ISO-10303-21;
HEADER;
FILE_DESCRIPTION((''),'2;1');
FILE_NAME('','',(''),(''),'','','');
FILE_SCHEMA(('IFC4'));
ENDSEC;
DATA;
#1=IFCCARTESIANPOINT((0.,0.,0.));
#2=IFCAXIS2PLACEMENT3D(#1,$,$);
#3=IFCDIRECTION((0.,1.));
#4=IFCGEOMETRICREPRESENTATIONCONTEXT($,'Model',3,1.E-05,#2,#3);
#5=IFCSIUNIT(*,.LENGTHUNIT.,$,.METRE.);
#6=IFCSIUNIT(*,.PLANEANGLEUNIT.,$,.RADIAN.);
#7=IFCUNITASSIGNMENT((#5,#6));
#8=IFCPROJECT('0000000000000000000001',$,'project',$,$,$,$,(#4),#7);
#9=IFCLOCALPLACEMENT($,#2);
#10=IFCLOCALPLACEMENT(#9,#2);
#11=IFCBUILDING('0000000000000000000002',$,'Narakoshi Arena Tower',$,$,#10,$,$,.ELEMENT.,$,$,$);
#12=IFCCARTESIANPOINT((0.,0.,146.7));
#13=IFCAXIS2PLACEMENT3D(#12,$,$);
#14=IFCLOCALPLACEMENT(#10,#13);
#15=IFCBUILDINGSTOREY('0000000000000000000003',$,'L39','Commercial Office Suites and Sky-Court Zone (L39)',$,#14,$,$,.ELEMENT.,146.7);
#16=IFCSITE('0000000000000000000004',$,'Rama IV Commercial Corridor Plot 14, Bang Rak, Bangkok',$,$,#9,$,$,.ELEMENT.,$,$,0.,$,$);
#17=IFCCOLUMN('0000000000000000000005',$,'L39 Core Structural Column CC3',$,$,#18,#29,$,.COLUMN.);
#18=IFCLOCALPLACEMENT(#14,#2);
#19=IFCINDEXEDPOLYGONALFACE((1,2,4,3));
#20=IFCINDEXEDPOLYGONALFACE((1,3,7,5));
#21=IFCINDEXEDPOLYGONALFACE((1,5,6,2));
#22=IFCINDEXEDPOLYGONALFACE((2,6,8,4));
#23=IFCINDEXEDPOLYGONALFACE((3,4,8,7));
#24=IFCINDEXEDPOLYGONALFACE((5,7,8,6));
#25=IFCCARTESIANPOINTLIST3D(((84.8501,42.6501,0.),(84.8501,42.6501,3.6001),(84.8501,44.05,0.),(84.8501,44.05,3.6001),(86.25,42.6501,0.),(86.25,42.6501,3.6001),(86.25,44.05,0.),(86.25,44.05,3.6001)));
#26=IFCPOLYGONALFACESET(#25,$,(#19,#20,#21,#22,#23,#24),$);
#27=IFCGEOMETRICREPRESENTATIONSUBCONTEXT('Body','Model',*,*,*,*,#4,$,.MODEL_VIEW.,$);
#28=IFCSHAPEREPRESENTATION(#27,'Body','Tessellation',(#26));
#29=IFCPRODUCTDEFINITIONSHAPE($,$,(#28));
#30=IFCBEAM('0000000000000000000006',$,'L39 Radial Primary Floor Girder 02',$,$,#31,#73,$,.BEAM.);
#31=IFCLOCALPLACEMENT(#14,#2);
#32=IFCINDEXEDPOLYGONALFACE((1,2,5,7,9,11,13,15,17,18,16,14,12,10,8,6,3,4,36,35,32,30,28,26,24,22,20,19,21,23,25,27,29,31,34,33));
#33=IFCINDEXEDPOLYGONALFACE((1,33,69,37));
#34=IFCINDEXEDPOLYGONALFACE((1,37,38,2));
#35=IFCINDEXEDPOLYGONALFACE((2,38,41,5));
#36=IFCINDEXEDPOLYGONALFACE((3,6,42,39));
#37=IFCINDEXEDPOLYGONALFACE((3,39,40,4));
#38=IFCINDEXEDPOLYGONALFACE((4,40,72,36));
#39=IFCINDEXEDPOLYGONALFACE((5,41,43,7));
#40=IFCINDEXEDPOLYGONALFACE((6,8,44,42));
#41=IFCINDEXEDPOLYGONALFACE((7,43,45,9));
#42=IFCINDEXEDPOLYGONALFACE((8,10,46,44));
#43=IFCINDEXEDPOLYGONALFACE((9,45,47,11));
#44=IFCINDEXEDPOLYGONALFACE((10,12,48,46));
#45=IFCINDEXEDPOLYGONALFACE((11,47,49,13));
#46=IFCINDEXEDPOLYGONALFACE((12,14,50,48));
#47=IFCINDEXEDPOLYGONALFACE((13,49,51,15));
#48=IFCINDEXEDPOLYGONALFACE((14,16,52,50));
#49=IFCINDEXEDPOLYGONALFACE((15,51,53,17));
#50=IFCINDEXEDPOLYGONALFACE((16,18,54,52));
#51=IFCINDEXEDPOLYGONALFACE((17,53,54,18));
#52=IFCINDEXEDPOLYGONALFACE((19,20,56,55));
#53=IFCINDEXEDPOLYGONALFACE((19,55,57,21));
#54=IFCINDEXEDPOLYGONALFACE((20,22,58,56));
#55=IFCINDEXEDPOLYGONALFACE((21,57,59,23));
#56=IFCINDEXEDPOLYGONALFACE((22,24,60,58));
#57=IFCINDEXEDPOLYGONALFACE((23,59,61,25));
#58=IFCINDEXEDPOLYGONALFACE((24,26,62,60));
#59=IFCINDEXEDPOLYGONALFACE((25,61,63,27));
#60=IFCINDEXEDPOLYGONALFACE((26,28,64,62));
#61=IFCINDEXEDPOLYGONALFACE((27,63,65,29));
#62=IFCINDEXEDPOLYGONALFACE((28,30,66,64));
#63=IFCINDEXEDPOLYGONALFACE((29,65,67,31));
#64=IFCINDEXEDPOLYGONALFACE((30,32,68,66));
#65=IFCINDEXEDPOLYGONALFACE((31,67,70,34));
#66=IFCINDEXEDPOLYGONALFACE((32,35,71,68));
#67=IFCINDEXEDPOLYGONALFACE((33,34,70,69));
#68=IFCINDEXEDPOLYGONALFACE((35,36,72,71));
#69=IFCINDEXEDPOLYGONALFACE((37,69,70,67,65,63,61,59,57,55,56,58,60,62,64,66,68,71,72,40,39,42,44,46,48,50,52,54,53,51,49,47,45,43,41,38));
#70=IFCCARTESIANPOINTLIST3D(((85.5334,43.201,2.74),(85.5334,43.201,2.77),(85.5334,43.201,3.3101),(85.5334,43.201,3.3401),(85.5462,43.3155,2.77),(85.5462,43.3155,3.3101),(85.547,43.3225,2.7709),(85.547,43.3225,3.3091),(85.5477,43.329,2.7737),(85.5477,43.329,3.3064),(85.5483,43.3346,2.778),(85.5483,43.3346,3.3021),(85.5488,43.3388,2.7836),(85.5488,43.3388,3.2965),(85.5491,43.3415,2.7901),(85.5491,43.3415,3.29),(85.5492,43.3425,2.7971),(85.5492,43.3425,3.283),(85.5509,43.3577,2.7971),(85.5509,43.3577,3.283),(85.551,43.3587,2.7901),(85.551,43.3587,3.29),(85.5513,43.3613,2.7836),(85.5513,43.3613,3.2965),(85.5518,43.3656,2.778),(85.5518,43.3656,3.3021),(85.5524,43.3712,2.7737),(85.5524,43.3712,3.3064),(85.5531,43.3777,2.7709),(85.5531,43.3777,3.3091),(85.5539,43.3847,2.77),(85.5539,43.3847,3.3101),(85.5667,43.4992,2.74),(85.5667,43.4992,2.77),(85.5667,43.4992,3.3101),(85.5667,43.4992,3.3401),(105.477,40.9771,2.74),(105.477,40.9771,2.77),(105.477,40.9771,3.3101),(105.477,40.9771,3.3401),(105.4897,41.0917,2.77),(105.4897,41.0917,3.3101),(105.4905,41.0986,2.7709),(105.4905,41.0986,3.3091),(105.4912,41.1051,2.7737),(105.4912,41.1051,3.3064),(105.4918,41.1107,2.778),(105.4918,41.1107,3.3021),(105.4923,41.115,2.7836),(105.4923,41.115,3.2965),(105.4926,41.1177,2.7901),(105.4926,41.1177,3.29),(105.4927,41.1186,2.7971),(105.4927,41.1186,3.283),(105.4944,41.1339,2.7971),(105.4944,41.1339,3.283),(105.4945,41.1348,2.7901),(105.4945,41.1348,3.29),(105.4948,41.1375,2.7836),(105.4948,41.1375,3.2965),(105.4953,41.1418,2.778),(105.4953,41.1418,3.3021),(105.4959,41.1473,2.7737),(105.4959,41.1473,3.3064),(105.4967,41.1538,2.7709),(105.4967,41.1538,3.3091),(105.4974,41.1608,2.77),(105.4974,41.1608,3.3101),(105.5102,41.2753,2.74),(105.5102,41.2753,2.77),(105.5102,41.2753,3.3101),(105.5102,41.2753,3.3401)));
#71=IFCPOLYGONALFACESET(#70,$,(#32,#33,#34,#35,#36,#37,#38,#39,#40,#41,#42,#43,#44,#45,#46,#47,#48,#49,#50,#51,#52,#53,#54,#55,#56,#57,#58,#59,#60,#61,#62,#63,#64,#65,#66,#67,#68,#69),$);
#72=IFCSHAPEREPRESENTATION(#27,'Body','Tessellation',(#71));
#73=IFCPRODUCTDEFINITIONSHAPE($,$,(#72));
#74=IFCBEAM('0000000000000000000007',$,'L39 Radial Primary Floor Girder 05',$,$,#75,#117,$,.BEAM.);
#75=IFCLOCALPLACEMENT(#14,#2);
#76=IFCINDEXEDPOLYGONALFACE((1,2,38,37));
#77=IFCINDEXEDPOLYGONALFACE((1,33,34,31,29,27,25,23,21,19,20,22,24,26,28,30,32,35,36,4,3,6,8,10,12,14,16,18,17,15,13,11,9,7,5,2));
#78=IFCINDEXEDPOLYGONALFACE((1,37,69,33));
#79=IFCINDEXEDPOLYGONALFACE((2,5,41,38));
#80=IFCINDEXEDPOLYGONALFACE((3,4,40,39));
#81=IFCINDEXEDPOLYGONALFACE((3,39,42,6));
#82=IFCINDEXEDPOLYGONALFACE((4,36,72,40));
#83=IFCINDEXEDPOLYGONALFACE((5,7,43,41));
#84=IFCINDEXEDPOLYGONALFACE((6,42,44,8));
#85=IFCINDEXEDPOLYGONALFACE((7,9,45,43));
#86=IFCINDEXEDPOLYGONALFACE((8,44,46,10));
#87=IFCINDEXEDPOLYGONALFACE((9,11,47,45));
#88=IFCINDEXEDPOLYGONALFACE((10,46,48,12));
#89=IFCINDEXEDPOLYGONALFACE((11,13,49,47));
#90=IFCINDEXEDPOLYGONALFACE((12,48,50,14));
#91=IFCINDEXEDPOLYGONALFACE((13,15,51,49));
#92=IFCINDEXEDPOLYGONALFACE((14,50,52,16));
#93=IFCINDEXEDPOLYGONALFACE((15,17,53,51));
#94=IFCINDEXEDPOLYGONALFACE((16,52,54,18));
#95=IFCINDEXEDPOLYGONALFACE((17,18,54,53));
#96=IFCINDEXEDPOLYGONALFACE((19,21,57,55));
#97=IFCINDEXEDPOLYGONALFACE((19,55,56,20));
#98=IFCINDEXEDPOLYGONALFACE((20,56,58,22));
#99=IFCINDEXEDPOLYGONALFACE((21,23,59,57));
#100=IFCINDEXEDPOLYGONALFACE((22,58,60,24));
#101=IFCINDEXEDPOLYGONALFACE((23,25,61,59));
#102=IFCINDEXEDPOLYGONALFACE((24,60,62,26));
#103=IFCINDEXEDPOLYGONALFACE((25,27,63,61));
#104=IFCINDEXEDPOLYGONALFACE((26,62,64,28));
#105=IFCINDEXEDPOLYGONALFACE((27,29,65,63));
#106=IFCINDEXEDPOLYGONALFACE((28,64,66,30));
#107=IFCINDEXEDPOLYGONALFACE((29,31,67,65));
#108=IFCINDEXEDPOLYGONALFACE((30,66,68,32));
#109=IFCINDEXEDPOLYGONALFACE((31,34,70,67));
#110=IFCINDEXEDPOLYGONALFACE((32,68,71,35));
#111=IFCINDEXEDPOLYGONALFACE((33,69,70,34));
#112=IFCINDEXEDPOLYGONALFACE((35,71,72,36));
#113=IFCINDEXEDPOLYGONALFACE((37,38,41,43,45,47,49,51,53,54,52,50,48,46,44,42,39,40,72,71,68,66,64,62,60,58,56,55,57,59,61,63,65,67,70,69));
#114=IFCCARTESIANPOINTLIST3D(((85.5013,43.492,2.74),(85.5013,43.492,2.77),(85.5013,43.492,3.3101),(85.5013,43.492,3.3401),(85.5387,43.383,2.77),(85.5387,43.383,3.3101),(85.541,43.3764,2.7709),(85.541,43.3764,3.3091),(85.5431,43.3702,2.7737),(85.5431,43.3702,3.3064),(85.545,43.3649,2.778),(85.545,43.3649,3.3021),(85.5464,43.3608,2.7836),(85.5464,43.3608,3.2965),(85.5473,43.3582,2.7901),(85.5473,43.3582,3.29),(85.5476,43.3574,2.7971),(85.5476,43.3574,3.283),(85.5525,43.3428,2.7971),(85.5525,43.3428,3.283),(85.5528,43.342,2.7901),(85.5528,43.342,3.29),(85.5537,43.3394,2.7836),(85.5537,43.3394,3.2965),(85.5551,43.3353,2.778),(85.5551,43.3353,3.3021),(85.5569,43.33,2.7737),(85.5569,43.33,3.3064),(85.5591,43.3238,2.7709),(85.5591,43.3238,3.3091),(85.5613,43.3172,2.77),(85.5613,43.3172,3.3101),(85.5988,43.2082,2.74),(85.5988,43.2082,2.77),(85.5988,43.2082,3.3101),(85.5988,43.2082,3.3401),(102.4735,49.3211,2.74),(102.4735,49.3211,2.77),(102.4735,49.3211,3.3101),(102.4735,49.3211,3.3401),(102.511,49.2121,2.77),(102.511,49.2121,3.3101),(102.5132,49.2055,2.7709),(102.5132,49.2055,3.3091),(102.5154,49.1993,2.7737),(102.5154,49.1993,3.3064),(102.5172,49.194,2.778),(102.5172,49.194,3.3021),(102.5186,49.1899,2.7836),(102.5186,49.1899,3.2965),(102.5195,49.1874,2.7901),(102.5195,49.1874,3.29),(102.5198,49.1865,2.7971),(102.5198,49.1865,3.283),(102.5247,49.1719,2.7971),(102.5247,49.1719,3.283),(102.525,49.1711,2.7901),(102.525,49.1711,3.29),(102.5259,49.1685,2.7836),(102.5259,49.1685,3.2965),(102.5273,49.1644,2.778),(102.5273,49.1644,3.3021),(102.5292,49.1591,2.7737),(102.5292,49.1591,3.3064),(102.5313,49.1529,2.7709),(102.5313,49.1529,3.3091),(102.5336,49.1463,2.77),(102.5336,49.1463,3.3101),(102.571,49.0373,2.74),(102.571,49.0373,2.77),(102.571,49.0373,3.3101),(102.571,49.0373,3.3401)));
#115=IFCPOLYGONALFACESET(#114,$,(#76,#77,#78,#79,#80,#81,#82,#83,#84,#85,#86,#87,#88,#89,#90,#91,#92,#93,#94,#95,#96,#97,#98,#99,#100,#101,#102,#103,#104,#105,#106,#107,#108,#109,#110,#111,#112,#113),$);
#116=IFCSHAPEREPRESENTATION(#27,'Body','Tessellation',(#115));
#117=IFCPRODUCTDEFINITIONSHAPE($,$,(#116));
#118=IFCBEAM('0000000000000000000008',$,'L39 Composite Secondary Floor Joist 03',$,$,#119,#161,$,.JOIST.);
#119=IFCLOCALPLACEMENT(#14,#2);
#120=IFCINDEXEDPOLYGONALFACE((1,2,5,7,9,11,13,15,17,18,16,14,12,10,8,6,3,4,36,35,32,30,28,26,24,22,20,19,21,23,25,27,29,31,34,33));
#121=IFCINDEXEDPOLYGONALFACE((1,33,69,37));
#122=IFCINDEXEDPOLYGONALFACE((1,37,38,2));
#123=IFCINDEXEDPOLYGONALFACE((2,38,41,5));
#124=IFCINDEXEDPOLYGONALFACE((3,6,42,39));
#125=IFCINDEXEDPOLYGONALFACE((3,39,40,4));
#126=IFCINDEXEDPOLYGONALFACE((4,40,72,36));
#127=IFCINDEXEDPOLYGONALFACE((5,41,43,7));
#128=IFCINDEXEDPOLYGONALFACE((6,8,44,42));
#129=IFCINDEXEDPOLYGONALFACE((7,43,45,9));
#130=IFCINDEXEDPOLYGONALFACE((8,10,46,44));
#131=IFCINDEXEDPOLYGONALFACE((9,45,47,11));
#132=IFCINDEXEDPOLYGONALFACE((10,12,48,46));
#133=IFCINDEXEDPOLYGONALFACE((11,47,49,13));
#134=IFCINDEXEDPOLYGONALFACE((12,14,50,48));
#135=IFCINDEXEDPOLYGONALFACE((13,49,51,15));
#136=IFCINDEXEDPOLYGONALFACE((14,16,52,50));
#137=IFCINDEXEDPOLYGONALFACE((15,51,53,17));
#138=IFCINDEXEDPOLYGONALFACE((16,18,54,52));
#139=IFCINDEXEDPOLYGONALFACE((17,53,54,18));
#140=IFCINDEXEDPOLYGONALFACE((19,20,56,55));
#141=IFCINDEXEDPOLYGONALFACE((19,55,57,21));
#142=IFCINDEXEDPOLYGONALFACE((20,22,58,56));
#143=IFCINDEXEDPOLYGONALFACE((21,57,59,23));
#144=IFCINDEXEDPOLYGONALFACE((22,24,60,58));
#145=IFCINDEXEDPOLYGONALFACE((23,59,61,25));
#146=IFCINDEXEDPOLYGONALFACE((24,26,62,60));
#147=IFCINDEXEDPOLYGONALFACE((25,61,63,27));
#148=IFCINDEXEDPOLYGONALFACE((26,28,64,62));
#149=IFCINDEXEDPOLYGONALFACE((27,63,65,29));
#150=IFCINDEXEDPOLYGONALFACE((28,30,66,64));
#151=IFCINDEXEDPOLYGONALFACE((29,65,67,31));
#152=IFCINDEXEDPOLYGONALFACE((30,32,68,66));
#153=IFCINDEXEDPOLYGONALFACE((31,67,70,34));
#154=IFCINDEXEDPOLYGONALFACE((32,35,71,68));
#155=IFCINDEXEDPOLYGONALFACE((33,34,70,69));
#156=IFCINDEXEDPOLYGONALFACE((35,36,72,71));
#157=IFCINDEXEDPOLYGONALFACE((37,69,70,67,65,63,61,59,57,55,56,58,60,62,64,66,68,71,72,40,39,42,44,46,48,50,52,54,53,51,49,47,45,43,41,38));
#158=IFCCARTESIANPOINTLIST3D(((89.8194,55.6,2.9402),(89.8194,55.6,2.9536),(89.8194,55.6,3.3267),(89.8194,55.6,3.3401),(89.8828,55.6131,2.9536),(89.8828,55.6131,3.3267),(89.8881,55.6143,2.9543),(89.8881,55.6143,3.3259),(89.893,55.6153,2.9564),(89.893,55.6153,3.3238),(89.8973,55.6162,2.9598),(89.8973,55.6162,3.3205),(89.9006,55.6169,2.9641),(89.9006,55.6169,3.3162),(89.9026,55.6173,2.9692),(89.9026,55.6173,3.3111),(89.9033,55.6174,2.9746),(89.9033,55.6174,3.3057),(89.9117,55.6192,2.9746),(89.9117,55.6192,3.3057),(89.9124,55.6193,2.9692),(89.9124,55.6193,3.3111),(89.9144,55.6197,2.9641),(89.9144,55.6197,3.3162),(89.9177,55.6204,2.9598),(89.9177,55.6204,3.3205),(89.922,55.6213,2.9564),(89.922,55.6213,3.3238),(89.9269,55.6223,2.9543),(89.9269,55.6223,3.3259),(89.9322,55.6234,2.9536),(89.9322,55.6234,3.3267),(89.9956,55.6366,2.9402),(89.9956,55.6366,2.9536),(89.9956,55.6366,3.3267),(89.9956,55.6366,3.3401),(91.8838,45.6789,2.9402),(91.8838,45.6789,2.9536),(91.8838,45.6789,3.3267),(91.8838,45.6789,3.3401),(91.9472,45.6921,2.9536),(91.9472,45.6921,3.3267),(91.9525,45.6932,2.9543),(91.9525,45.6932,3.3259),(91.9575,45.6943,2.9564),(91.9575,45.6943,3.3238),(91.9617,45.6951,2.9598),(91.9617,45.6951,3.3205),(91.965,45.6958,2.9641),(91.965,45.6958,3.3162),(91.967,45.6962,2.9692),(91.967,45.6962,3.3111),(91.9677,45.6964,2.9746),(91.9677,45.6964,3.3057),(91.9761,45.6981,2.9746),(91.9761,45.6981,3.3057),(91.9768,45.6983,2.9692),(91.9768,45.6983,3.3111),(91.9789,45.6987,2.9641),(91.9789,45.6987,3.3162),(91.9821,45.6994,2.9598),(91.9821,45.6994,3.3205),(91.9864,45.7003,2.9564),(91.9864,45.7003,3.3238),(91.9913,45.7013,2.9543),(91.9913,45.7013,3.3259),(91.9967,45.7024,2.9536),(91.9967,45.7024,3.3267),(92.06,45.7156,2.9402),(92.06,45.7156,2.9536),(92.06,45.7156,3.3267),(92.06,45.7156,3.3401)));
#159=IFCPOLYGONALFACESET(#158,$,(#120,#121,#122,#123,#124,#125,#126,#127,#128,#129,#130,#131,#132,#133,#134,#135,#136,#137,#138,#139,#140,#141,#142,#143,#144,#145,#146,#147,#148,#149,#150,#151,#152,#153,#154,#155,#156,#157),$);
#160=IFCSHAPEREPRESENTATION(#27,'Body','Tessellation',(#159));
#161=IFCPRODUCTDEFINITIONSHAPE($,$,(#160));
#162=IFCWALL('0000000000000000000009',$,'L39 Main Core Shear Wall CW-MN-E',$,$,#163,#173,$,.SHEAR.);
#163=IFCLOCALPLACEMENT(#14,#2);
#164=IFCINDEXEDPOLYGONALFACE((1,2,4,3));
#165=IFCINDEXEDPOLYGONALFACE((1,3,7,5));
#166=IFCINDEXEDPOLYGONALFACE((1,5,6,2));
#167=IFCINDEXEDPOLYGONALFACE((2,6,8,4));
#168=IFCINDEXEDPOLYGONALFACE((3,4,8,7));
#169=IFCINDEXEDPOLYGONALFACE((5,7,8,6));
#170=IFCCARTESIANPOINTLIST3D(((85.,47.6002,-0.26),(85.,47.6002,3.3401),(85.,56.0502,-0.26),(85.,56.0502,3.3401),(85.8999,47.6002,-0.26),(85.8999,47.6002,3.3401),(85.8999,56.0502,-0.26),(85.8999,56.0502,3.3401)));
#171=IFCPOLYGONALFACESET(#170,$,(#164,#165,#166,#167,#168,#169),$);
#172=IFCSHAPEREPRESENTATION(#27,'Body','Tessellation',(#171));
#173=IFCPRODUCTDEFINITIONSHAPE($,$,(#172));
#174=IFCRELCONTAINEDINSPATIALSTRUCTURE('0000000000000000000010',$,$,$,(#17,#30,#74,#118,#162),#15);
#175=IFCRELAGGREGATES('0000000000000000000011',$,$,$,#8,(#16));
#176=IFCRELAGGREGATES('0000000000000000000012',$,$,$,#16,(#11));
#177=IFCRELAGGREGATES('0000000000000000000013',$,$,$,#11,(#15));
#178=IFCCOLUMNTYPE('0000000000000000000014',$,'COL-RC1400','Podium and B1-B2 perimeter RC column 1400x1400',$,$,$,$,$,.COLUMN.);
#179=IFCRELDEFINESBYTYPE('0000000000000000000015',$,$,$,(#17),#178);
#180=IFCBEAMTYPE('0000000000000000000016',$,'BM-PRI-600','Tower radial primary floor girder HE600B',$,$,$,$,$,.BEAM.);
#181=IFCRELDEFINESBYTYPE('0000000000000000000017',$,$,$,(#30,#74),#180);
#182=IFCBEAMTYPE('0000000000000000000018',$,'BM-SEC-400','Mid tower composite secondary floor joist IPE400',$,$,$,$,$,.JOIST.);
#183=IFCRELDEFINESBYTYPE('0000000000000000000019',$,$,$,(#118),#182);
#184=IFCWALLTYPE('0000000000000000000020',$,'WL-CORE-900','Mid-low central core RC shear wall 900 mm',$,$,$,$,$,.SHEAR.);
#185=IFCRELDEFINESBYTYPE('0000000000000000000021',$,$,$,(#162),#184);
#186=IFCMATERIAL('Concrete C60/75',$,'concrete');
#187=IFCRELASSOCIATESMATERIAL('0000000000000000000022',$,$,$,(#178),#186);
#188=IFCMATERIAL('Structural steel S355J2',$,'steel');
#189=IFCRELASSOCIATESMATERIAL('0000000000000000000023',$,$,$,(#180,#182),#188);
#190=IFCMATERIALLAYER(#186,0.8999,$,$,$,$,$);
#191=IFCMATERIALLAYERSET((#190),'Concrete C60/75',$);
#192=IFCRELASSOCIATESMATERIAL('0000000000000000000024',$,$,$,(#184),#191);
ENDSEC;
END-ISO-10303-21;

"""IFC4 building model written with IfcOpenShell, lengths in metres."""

from ifc_helpers import new_model, si_unit, direction, frame, frame_2d, origin, origin_2d, place, context, subcontext, project, spatial, rectangle, i_section, extrude, material, layer, layer_set, material_profile, profile_set, type_object, element, save


model = new_model("IFC4")

# Units and contexts
model_context = context("Model", 3, precision=1e-05, world=origin(), true_north=direction((0.0, 1.0)))
body_context = subcontext(model_context, "Body", "Model", "MODEL_VIEW")
ifc_project = project(units=[si_unit("LENGTHUNIT", "METRE"), si_unit("PLANEANGLEUNIT", "RADIAN")], contexts=[model_context])

# Site, building, storey
site_placement = place(None, origin())
site = spatial("IfcSite", under=ifc_project, at=site_placement, Name="Rama IV Commercial Corridor Plot 14, Bang Rak, Bangkok", CompositionType="ELEMENT", RefElevation=0.0)
building_placement = place(site_placement, origin())
building = spatial("IfcBuilding", under=site, at=building_placement, Name="Narakoshi Arena Tower", CompositionType="ELEMENT")
storey_placement = place(building_placement, frame((0.0, 0.0, 146.7)))
storey = spatial("IfcBuildingStorey", under=building, at=storey_placement, Name="L39", Description="Commercial Office Suites and Sky-Court Zone (L39)", CompositionType="ELEMENT", Elevation=146.7)

# Column
ifc_material_1 = material(Name="Concrete C60/75", Category="concrete")
ifc_material_profile_1 = material_profile(ifc_material_1, rectangle(XDim=1.3999, YDim=1.3999, at=origin_2d()), Name="RC1400x1400")
ifc_profile_set_1 = profile_set([ifc_material_profile_1], Name="Concrete C60/75")
column_type = type_object("IfcColumnType", Name="COL-RC1400", Description="Podium and B1-B2 perimeter RC column 1400x1400", PredefinedType="COLUMN", material=ifc_profile_set_1)
column_placement = place(storey_placement, frame((85.55, 43.3501, 0.0), z_axis=(0.0, 0.0, 1.0), x_axis=(1.0, 0.0, 0.0)))
element("IfcColumn", 1, at=column_placement, inside=storey, type_object=column_type, Name="L39 Core Structural Column CC3", PredefinedType="COLUMN", context=body_context, shape_type="SweptSolid", body=[
    extrude(rectangle(XDim=1.3999, YDim=1.3999, at=origin_2d()), origin(), (0.0, 0.0, 1.0), 3.6001),
])

# Beams
ifc_material_2 = material(Name="Structural steel S355J2", Category="steel")
ifc_material_profile_2 = material_profile(ifc_material_2, i_section(OverallWidth=0.3, OverallDepth=0.6001, WebThickness=0.0154, FlangeThickness=0.03, FilletRadius=0.0271, at=origin_2d()), Name="HE600B")
ifc_profile_set_2 = profile_set([ifc_material_profile_2], Name="Structural steel S355J2")
beam_type_1 = type_object("IfcBeamType", Name="BM-PRI-600", Description="Tower radial primary floor girder HE600B", PredefinedType="BEAM", material=ifc_profile_set_2)
beam_1_placement = place(storey_placement, frame((85.55, 43.3501, 3.04), z_axis=(0.99384, -0.110821, 0.0), x_axis=(0.110821, 0.99384, 0.0)))
element("IfcBeam", 2, at=beam_1_placement, inside=storey, type_object=beam_type_1, Name="L39 Radial Primary Floor Girder 02", PredefinedType="BEAM", context=body_context, shape_type="SweptSolid", body=[
    extrude(i_section(OverallWidth=0.3, OverallDepth=0.6001, WebThickness=0.0154, FlangeThickness=0.03, FilletRadius=0.0271, at=origin_2d()), origin(), (0.0, 0.0, 1.0), 20.0671),
])
beam_2_placement = place(storey_placement, frame((85.55, 43.3501, 3.04), z_axis=(0.945774, 0.324827, 0.0), x_axis=(-0.324827, 0.945774, 0.0)))
element("IfcBeam", 3, at=beam_2_placement, inside=storey, type_object=beam_type_1, Name="L39 Radial Primary Floor Girder 05", PredefinedType="BEAM", context=body_context, shape_type="SweptSolid", body=[
    extrude(i_section(OverallWidth=0.3, OverallDepth=0.6001, WebThickness=0.0154, FlangeThickness=0.03, FilletRadius=0.0271, at=origin_2d()), origin(), (0.0, 0.0, 1.0), 17.9453),
])
ifc_material_profile_3 = material_profile(ifc_material_2, i_section(OverallWidth=0.1799, OverallDepth=0.3999, WebThickness=0.0085, FlangeThickness=0.0134, FilletRadius=0.021, at=origin_2d()), Name="IPE400")
ifc_profile_set_3 = profile_set([ifc_material_profile_3], Name="Structural steel S355J2")
beam_type_2 = type_object("IfcBeamType", Name="BM-SEC-400", Description="Mid tower composite secondary floor joist IPE400", PredefinedType="JOIST", material=ifc_profile_set_3)
beam_3_placement = place(storey_placement, frame((91.9719, 45.6973, 3.1401), z_axis=(-0.203722, 0.979029, 0.0), x_axis=(-0.979029, -0.203722, 0.0)))
element("IfcBeam", 4, at=beam_3_placement, inside=storey, type_object=beam_type_2, Name="L39 Composite Secondary Floor Joist 03", PredefinedType="JOIST", context=body_context, shape_type="SweptSolid", body=[
    extrude(i_section(OverallWidth=0.1799, OverallDepth=0.3999, WebThickness=0.0085, FlangeThickness=0.0134, FilletRadius=0.021, at=origin_2d()), origin(), (0.0, 0.0, 1.0), 10.1335),
])

# Wall
ifc_layer_1 = layer(ifc_material_1, 0.8999)
ifc_layer_set_1 = layer_set([ifc_layer_1], Name="Concrete C60/75")
wall_type_1 = type_object("IfcWallType", Name="WL-CORE-900", Description="Mid-low central core RC shear wall 900 mm", PredefinedType="SHEAR", material=ifc_layer_set_1)
wall_1_placement = place(storey_placement, frame((85.45, 47.6001, -0.26), z_axis=(0.0, 0.0, 1.0), x_axis=(0.0, 1.0, 0.0)))
element("IfcWall", 5, at=wall_1_placement, inside=storey, type_object=wall_type_1, Name="L39 Main Core Shear Wall CW-MN-E", PredefinedType="SHEAR", context=body_context, shape_type="SweptSolid", body=[
    extrude(rectangle(XDim=8.45, YDim=0.8999, at=frame_2d((4.2251, 0.0))), origin(), (0.0, 0.0, 1.0), 3.6001),
])

save(model, "model.ifc")
